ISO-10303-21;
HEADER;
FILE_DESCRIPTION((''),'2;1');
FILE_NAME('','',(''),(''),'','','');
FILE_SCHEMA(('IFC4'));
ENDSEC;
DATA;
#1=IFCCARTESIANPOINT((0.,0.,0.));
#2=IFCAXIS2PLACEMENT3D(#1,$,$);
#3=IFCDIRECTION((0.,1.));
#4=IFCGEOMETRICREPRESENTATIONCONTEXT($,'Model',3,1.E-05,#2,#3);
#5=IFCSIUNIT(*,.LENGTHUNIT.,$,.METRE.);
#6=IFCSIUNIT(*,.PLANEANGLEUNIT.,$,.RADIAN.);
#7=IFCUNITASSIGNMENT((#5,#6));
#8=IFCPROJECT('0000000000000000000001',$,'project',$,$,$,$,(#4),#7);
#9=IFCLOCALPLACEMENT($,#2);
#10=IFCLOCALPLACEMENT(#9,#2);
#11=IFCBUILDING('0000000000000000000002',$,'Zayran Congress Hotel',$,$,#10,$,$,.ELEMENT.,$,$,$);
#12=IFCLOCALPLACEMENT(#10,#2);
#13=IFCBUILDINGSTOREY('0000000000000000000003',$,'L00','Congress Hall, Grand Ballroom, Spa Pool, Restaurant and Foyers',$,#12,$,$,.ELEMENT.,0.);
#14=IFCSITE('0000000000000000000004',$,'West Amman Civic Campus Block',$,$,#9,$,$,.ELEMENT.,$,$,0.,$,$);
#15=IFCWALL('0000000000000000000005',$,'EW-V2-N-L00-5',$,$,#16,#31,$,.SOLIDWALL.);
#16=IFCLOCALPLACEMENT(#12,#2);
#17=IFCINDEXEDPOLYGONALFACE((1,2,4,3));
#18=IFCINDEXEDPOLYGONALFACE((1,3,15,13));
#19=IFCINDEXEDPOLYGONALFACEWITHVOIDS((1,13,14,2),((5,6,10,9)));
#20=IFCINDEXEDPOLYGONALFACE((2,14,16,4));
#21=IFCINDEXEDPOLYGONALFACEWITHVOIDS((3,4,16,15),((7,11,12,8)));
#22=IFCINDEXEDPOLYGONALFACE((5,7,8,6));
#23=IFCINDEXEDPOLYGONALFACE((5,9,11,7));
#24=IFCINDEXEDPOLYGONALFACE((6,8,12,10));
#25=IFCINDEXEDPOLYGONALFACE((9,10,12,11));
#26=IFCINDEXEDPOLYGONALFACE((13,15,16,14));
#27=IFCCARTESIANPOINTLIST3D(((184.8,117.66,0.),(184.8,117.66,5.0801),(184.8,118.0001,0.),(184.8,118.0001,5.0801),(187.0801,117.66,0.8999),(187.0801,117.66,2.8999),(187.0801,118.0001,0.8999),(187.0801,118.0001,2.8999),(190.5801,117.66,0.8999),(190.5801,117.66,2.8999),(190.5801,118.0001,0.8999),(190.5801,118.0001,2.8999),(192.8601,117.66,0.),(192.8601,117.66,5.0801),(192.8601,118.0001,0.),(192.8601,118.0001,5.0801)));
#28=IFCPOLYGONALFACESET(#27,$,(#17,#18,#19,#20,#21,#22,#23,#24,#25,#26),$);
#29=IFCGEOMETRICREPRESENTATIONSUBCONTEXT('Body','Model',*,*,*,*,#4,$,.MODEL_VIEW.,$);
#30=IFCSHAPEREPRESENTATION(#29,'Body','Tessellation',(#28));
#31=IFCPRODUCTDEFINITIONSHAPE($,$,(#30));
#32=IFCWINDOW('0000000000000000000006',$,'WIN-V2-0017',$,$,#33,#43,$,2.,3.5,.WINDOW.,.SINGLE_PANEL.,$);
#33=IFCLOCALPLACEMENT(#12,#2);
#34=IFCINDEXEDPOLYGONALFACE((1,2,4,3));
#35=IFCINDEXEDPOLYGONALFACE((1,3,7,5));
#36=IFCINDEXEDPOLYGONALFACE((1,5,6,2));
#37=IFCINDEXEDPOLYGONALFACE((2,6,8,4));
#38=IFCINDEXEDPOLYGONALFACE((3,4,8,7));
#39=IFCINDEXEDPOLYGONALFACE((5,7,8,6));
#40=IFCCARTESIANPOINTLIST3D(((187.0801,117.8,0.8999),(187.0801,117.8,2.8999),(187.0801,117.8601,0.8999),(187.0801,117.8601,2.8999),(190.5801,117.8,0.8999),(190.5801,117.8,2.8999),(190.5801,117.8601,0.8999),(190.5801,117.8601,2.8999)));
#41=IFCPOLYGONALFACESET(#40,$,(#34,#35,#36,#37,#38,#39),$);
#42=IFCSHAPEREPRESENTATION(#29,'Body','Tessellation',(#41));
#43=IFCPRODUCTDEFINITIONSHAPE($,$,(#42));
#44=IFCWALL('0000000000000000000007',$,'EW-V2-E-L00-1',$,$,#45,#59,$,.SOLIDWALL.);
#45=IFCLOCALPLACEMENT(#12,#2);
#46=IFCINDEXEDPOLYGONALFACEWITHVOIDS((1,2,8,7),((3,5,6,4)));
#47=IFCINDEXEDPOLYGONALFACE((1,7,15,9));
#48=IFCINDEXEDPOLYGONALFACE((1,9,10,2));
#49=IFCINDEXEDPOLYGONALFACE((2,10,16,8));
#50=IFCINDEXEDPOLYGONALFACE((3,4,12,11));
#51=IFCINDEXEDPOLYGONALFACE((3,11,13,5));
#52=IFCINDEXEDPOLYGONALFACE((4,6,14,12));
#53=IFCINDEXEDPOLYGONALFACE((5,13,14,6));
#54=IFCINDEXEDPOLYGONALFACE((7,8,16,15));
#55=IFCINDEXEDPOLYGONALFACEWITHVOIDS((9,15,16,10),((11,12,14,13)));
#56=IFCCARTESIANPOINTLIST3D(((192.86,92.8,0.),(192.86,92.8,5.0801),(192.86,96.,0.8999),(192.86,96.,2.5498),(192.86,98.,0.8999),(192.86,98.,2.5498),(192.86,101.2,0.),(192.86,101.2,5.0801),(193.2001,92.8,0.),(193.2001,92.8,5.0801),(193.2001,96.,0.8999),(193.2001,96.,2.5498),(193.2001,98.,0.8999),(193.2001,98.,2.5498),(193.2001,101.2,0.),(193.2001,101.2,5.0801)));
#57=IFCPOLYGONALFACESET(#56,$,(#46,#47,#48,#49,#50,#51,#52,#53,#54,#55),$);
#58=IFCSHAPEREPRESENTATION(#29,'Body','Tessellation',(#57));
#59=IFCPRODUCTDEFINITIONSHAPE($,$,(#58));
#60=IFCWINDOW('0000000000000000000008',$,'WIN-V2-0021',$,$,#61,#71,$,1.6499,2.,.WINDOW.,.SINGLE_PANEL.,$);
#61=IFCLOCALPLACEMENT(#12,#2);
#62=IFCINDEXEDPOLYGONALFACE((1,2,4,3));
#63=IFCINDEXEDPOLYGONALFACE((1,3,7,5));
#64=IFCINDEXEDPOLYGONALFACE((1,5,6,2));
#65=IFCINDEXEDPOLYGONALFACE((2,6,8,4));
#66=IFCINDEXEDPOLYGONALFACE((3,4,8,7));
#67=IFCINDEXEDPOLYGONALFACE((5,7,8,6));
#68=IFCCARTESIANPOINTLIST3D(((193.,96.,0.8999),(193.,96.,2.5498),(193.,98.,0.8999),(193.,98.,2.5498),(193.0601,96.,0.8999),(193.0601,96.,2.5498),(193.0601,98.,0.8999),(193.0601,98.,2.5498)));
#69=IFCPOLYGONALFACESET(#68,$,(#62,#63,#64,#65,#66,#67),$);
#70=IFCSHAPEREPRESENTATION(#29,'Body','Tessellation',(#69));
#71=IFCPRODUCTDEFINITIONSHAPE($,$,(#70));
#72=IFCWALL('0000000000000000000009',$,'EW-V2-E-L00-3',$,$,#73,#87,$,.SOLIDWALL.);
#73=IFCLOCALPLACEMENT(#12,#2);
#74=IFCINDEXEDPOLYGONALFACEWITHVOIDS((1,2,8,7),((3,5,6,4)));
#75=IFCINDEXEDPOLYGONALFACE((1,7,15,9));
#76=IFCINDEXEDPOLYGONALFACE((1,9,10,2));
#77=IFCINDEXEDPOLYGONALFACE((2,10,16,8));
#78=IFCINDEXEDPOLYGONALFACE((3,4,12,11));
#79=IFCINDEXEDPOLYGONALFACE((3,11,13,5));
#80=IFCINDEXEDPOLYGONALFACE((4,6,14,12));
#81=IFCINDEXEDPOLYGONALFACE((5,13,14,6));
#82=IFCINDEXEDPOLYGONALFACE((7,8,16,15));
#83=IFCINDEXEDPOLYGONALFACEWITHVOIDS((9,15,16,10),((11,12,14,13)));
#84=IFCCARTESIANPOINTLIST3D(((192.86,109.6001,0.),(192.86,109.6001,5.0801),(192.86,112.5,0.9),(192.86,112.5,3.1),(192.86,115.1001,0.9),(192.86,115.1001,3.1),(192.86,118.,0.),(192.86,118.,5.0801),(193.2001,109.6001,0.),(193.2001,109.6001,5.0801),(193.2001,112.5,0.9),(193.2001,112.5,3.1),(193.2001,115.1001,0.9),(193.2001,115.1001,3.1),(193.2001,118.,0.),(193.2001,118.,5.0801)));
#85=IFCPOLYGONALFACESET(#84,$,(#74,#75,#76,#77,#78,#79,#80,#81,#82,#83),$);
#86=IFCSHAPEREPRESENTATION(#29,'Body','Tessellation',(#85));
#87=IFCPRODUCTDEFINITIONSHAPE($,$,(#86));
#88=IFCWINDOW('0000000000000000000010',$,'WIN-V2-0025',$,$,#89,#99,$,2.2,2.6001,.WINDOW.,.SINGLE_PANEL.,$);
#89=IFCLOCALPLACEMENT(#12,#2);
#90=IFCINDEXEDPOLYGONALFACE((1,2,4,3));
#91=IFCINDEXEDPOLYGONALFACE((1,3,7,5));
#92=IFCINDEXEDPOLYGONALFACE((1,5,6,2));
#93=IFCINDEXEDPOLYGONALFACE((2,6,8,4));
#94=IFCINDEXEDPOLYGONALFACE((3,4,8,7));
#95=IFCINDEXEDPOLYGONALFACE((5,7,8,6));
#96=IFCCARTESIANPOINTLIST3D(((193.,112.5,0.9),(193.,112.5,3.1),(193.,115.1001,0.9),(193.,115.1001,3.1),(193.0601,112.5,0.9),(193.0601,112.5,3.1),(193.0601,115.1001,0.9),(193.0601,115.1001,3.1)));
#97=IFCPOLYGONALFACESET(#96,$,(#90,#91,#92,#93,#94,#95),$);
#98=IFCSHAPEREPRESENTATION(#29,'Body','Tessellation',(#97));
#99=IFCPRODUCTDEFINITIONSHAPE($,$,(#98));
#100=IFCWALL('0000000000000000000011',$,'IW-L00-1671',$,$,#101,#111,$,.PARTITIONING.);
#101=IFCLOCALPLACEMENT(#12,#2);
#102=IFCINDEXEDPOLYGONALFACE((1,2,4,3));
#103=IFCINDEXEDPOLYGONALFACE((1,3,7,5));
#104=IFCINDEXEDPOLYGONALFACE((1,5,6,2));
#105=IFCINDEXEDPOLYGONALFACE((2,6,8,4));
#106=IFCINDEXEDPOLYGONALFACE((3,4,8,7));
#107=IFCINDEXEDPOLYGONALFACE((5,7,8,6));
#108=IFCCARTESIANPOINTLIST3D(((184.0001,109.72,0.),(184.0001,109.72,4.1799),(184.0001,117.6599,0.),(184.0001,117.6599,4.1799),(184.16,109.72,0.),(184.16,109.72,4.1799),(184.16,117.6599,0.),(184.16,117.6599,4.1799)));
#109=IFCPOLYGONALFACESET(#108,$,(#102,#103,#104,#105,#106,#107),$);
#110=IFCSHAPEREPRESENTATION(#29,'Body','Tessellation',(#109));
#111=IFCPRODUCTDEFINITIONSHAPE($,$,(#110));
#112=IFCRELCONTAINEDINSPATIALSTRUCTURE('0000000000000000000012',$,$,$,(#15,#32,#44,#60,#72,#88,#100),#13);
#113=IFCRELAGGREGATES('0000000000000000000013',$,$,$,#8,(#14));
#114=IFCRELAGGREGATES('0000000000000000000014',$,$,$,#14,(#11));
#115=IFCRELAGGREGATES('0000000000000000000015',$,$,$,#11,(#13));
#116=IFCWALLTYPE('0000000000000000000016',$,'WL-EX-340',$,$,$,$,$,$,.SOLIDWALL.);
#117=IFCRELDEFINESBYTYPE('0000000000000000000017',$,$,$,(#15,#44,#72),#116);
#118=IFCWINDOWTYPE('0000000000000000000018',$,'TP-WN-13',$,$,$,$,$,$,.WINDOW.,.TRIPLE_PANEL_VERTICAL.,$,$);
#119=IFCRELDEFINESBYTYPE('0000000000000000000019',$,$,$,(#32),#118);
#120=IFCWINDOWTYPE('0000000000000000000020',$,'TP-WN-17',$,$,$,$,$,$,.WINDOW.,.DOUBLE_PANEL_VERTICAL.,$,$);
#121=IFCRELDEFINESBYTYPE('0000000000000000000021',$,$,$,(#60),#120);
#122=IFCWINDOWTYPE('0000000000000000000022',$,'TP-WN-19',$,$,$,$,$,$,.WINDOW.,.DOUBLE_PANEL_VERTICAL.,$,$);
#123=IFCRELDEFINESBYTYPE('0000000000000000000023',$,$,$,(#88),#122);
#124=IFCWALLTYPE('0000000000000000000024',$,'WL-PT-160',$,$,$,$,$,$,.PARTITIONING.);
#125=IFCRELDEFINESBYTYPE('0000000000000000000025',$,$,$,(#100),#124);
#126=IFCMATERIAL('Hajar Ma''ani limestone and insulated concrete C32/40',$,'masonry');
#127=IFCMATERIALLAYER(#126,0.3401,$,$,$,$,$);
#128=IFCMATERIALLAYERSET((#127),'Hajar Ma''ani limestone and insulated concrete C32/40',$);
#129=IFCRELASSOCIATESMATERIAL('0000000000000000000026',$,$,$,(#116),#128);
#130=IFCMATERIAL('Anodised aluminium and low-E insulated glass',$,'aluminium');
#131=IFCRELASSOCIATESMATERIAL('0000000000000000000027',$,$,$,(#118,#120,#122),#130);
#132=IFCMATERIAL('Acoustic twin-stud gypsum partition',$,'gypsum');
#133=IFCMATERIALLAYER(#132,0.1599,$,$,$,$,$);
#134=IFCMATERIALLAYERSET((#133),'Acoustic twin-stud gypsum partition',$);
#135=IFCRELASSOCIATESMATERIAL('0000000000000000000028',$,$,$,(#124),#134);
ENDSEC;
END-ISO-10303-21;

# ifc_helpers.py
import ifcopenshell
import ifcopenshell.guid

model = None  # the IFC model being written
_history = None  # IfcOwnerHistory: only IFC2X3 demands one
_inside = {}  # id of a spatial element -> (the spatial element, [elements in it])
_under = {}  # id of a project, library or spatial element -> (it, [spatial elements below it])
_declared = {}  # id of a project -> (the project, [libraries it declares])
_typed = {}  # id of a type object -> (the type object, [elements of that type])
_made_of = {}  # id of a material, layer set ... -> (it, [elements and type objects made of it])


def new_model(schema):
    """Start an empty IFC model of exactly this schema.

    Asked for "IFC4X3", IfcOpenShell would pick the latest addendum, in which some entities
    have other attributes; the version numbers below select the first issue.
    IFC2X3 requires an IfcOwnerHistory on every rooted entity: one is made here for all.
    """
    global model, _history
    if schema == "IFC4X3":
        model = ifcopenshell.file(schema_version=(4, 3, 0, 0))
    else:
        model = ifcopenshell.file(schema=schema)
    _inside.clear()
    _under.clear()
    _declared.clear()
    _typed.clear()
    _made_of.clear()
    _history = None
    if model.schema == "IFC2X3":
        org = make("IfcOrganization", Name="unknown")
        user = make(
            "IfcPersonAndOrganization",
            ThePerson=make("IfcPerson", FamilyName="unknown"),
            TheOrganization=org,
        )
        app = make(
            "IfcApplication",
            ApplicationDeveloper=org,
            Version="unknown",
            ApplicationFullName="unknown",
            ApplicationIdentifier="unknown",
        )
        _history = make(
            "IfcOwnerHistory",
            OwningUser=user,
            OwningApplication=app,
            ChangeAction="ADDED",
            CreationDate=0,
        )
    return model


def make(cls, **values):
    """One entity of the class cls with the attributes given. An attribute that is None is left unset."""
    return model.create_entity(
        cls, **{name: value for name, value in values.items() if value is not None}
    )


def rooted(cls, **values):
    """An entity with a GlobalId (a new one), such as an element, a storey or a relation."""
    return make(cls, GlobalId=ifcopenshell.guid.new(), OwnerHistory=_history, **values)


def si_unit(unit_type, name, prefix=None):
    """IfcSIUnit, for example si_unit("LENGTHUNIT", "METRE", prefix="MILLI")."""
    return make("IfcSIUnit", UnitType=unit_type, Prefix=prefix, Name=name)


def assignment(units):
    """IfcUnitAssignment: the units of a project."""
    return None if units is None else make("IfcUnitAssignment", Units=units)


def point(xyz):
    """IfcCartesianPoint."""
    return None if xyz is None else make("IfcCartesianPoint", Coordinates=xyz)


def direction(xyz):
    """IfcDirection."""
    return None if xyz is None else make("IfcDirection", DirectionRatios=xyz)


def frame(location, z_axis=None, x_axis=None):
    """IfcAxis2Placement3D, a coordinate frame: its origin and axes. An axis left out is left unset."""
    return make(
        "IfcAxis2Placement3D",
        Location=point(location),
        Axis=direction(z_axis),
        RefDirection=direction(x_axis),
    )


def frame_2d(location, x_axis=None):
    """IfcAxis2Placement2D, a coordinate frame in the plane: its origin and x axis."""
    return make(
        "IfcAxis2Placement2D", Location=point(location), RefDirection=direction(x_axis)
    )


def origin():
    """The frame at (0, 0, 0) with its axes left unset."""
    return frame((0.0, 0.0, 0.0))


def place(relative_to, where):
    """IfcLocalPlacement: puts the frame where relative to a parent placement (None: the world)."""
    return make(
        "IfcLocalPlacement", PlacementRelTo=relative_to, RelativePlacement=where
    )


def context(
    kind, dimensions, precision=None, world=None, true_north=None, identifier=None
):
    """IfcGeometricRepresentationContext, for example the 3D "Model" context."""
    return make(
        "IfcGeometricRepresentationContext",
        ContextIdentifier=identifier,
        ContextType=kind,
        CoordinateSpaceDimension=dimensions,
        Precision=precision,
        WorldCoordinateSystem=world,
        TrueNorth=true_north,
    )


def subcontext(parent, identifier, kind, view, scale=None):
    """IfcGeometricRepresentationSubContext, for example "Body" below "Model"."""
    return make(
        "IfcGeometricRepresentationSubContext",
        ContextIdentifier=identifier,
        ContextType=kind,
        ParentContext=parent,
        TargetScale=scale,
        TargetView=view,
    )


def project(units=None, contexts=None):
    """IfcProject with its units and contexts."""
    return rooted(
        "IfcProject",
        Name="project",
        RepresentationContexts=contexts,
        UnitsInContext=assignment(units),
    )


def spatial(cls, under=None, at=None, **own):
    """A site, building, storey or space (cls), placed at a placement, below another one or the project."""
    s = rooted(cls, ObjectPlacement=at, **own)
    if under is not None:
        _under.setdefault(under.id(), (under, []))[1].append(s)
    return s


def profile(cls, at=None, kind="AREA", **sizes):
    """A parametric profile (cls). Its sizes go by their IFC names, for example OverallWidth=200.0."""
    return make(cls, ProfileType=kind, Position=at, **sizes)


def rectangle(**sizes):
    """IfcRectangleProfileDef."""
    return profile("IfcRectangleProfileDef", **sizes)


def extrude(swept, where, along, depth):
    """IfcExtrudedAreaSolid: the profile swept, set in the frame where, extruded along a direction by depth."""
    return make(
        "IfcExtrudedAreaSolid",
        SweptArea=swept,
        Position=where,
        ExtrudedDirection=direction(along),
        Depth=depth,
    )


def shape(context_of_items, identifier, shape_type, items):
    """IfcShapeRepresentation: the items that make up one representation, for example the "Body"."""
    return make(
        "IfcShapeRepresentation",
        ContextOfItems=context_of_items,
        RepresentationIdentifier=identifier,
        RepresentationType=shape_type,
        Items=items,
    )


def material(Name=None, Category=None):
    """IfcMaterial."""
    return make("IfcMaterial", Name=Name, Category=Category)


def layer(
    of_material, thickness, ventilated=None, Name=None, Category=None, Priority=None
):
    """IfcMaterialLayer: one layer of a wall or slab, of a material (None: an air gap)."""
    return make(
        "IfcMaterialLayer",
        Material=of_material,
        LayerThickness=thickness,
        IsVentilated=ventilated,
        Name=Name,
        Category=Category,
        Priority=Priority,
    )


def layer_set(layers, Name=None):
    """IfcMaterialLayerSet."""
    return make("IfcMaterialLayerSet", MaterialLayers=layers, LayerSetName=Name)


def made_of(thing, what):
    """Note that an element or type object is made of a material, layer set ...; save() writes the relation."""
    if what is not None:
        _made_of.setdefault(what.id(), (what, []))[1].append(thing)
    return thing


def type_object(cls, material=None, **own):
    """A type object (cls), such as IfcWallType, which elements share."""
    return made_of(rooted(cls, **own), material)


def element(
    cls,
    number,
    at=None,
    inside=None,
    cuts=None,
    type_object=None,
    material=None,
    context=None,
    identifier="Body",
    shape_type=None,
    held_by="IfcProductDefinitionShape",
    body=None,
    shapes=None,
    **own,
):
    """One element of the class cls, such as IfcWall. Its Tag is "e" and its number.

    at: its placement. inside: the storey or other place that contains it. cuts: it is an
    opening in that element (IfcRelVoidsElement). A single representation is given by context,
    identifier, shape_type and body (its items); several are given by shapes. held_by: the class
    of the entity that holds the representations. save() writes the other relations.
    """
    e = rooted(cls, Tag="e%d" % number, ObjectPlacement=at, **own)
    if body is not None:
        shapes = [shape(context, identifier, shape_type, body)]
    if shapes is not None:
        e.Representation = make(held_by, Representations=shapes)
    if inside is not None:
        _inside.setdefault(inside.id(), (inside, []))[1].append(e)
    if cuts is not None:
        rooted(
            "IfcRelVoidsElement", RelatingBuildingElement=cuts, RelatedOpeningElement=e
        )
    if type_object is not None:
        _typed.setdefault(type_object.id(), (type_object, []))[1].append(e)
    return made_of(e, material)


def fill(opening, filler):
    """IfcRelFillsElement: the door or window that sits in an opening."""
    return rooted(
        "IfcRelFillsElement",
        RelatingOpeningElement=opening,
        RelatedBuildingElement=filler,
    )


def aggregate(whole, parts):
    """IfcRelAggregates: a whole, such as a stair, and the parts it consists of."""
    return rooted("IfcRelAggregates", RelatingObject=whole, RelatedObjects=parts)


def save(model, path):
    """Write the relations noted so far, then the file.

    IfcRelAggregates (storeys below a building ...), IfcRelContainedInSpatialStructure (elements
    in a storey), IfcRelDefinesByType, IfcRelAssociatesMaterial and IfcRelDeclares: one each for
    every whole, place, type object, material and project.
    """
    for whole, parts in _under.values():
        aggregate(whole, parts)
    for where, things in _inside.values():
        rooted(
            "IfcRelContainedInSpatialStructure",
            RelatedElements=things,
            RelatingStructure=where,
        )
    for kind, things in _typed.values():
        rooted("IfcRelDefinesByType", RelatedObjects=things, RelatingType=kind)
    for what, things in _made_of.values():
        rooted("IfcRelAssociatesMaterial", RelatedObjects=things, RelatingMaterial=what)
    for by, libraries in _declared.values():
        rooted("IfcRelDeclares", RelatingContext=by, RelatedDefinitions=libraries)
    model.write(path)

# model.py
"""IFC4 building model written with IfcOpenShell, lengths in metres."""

from ifc_helpers import new_model, si_unit, direction, frame, frame_2d, origin, place, context, subcontext, project, spatial, rectangle, extrude, material, layer, layer_set, type_object, element, fill, save


model = new_model("IFC4")

# Units and contexts
model_context = context("Model", 3, precision=1e-05, world=origin(), true_north=direction((0.0, 1.0)))
body_context = subcontext(model_context, "Body", "Model", "MODEL_VIEW")
ifc_project = project(units=[si_unit("LENGTHUNIT", "METRE"), si_unit("PLANEANGLEUNIT", "RADIAN")], contexts=[model_context])

# Site, building, storey
site_placement = place(None, origin())
site = spatial("IfcSite", under=ifc_project, at=site_placement, Name="West Amman Civic Campus Block", CompositionType="ELEMENT", RefElevation=0.0)
building_placement = place(site_placement, origin())
building = spatial("IfcBuilding", under=site, at=building_placement, Name="Zayran Congress Hotel", CompositionType="ELEMENT")
storey_placement = place(building_placement, origin())
storey = spatial("IfcBuildingStorey", under=building, at=storey_placement, Name="L00", Description="Congress Hall, Grand Ballroom, Spa Pool, Restaurant and Foyers", CompositionType="ELEMENT", Elevation=0.0)

# Shared definitions
ifc_material_1 = material(Name="Hajar Ma'ani limestone and insulated concrete C32/40", Category="masonry")
ifc_layer_1 = layer(ifc_material_1, 0.3401)
ifc_layer_set_1 = layer_set([ifc_layer_1], Name="Hajar Ma'ani limestone and insulated concrete C32/40")
wall_type_1 = type_object("IfcWallType", Name="WL-EX-340", PredefinedType="SOLIDWALL", material=ifc_layer_set_1)

# Walls, openings, windows
wall_1_placement = place(storey_placement, frame((184.8, 117.8301, 0.0), z_axis=(0.0, 0.0, 1.0), x_axis=(1.0, 0.0, 0.0)))
wall_1 = element("IfcWall", 1, at=wall_1_placement, inside=storey, type_object=wall_type_1, Name="EW-V2-N-L00-5", PredefinedType="SOLIDWALL", context=body_context, shape_type="SweptSolid", body=[
    extrude(rectangle(XDim=8.0601, YDim=0.3401, at=frame_2d((4.03, 0.0))), origin(), (0.0, 0.0, 1.0), 5.0801),
])
opening_1_placement = place(wall_1_placement, frame((2.28, 0.0, 0.8999)))
opening_1 = element("IfcOpeningElement", 2, at=opening_1_placement, cuts=wall_1, PredefinedType="OPENING", context=body_context, shape_type="SweptSolid", body=[
    extrude(rectangle(XDim=3.5, YDim=2.0, at=frame_2d((1.75, 1.0))), frame((0.0, 0.1799, 0.0), z_axis=(0.0, -1.0, 0.0), x_axis=(1.0, 0.0, 0.0)), (0.0, 0.0, 1.0), 0.3601),
])
ifc_material_2 = material(Name="Anodised aluminium and low-E insulated glass", Category="aluminium")
window_type_1 = type_object("IfcWindowType", Name="TP-WN-13", PartitioningType="TRIPLE_PANEL_VERTICAL", PredefinedType="WINDOW", material=ifc_material_2)
window_1_placement = place(opening_1_placement, origin())
window_1 = element("IfcWindow", 3, at=window_1_placement, inside=storey, type_object=window_type_1, Name="WIN-V2-0017", OverallHeight=2.0, OverallWidth=3.5, PartitioningType="SINGLE_PANEL", PredefinedType="WINDOW", context=body_context, shape_type="SweptSolid", body=[
    extrude(rectangle(XDim=3.5, YDim=2.0, at=frame_2d((1.75, 1.0))), frame((0.0, 0.03, 0.0), z_axis=(0.0, -1.0, 0.0), x_axis=(1.0, 0.0, 0.0)), (0.0, 0.0, 1.0), 0.0601),
])
fill(opening_1, window_1)
wall_2_placement = place(storey_placement, frame((193.03, 101.2, 0.0), z_axis=(0.0, 0.0, 1.0), x_axis=(0.0, -1.0, 0.0)))
wall_2 = element("IfcWall", 4, at=wall_2_placement, inside=storey, type_object=wall_type_1, Name="EW-V2-E-L00-1", PredefinedType="SOLIDWALL", context=body_context, shape_type="SweptSolid", body=[
    extrude(rectangle(XDim=8.3999, YDim=0.3401, at=frame_2d((4.2, 0.0))), origin(), (0.0, 0.0, 1.0), 5.0801),
])
opening_2_placement = place(wall_2_placement, frame((3.2, 0.0, 0.8999)))
opening_2 = element("IfcOpeningElement", 5, at=opening_2_placement, cuts=wall_2, PredefinedType="OPENING", context=body_context, shape_type="SweptSolid", body=[
    extrude(rectangle(XDim=2.0, YDim=1.6499, at=frame_2d((1.0, 0.825))), frame((0.0, 0.1799, 0.0), z_axis=(0.0, -1.0, 0.0), x_axis=(1.0, 0.0, 0.0)), (0.0, 0.0, 1.0), 0.3601),
])
window_type_2 = type_object("IfcWindowType", Name="TP-WN-17", PartitioningType="DOUBLE_PANEL_VERTICAL", PredefinedType="WINDOW", material=ifc_material_2)
window_2_placement = place(opening_2_placement, origin())
window_2 = element("IfcWindow", 6, at=window_2_placement, inside=storey, type_object=window_type_2, Name="WIN-V2-0021", OverallHeight=1.6499, OverallWidth=2.0, PartitioningType="SINGLE_PANEL", PredefinedType="WINDOW", context=body_context, shape_type="SweptSolid", body=[
    extrude(rectangle(XDim=2.0, YDim=1.6499, at=frame_2d((1.0, 0.825))), frame((0.0, 0.03, 0.0), z_axis=(0.0, -1.0, 0.0), x_axis=(1.0, 0.0, 0.0)), (0.0, 0.0, 1.0), 0.0601),
])
fill(opening_2, window_2)

# Wall, opening, window
wall_3_placement = place(storey_placement, frame((193.03, 118.0, 0.0), z_axis=(0.0, 0.0, 1.0), x_axis=(0.0, -1.0, 0.0)))
wall_3 = element("IfcWall", 7, at=wall_3_placement, inside=storey, type_object=wall_type_1, Name="EW-V2-E-L00-3", PredefinedType="SOLIDWALL", context=body_context, shape_type="SweptSolid", body=[
    extrude(rectangle(XDim=8.3999, YDim=0.3401, at=frame_2d((4.2, 0.0))), origin(), (0.0, 0.0, 1.0), 5.0801),
])
opening_3_placement = place(wall_3_placement, frame((2.8999, 0.0, 0.8999)))
opening_3 = element("IfcOpeningElement", 8, at=opening_3_placement, cuts=wall_3, PredefinedType="OPENING", context=body_context, shape_type="SweptSolid", body=[
    extrude(rectangle(XDim=2.6001, YDim=2.2, at=frame_2d((1.3, 1.1001))), frame((0.0, 0.1799, 0.0), z_axis=(0.0, -1.0, 0.0), x_axis=(1.0, 0.0, 0.0)), (0.0, 0.0, 1.0), 0.3601),
])
window_type_3 = type_object("IfcWindowType", Name="TP-WN-19", PartitioningType="DOUBLE_PANEL_VERTICAL", PredefinedType="WINDOW", material=ifc_material_2)
window_3_placement = place(opening_3_placement, origin())
window_3 = element("IfcWindow", 9, at=window_3_placement, inside=storey, type_object=window_type_3, Name="WIN-V2-0025", OverallHeight=2.2, OverallWidth=2.6001, PartitioningType="SINGLE_PANEL", PredefinedType="WINDOW", context=body_context, shape_type="SweptSolid", body=[
    extrude(rectangle(XDim=2.6001, YDim=2.2, at=frame_2d((1.3, 1.1001))), frame((0.0, 0.03, 0.0), z_axis=(0.0, -1.0, 0.0), x_axis=(1.0, 0.0, 0.0)), (0.0, 0.0, 1.0), 0.0601),
])
fill(opening_3, window_3)

# Wall
ifc_material_3 = material(Name="Acoustic twin-stud gypsum partition", Category="gypsum")
ifc_layer_2 = layer(ifc_material_3, 0.1599)
ifc_layer_set_2 = layer_set([ifc_layer_2], Name="Acoustic twin-stud gypsum partition")
wall_type_2 = type_object("IfcWallType", Name="WL-PT-160", PredefinedType="PARTITIONING", material=ifc_layer_set_2)
wall_4_placement = place(storey_placement, frame((184.0801, 109.72, 0.0), z_axis=(0.0, 0.0, 1.0), x_axis=(0.0, 1.0, 0.0)))
element("IfcWall", 10, at=wall_4_placement, inside=storey, type_object=wall_type_2, Name="IW-L00-1671", PredefinedType="PARTITIONING", context=body_context, shape_type="SweptSolid", body=[
    extrude(rectangle(XDim=7.9399, YDim=0.1599, at=frame_2d((3.97, 0.0))), origin(), (0.0, 0.0, 1.0), 4.1799),
])

save(model, "model.ifc")
